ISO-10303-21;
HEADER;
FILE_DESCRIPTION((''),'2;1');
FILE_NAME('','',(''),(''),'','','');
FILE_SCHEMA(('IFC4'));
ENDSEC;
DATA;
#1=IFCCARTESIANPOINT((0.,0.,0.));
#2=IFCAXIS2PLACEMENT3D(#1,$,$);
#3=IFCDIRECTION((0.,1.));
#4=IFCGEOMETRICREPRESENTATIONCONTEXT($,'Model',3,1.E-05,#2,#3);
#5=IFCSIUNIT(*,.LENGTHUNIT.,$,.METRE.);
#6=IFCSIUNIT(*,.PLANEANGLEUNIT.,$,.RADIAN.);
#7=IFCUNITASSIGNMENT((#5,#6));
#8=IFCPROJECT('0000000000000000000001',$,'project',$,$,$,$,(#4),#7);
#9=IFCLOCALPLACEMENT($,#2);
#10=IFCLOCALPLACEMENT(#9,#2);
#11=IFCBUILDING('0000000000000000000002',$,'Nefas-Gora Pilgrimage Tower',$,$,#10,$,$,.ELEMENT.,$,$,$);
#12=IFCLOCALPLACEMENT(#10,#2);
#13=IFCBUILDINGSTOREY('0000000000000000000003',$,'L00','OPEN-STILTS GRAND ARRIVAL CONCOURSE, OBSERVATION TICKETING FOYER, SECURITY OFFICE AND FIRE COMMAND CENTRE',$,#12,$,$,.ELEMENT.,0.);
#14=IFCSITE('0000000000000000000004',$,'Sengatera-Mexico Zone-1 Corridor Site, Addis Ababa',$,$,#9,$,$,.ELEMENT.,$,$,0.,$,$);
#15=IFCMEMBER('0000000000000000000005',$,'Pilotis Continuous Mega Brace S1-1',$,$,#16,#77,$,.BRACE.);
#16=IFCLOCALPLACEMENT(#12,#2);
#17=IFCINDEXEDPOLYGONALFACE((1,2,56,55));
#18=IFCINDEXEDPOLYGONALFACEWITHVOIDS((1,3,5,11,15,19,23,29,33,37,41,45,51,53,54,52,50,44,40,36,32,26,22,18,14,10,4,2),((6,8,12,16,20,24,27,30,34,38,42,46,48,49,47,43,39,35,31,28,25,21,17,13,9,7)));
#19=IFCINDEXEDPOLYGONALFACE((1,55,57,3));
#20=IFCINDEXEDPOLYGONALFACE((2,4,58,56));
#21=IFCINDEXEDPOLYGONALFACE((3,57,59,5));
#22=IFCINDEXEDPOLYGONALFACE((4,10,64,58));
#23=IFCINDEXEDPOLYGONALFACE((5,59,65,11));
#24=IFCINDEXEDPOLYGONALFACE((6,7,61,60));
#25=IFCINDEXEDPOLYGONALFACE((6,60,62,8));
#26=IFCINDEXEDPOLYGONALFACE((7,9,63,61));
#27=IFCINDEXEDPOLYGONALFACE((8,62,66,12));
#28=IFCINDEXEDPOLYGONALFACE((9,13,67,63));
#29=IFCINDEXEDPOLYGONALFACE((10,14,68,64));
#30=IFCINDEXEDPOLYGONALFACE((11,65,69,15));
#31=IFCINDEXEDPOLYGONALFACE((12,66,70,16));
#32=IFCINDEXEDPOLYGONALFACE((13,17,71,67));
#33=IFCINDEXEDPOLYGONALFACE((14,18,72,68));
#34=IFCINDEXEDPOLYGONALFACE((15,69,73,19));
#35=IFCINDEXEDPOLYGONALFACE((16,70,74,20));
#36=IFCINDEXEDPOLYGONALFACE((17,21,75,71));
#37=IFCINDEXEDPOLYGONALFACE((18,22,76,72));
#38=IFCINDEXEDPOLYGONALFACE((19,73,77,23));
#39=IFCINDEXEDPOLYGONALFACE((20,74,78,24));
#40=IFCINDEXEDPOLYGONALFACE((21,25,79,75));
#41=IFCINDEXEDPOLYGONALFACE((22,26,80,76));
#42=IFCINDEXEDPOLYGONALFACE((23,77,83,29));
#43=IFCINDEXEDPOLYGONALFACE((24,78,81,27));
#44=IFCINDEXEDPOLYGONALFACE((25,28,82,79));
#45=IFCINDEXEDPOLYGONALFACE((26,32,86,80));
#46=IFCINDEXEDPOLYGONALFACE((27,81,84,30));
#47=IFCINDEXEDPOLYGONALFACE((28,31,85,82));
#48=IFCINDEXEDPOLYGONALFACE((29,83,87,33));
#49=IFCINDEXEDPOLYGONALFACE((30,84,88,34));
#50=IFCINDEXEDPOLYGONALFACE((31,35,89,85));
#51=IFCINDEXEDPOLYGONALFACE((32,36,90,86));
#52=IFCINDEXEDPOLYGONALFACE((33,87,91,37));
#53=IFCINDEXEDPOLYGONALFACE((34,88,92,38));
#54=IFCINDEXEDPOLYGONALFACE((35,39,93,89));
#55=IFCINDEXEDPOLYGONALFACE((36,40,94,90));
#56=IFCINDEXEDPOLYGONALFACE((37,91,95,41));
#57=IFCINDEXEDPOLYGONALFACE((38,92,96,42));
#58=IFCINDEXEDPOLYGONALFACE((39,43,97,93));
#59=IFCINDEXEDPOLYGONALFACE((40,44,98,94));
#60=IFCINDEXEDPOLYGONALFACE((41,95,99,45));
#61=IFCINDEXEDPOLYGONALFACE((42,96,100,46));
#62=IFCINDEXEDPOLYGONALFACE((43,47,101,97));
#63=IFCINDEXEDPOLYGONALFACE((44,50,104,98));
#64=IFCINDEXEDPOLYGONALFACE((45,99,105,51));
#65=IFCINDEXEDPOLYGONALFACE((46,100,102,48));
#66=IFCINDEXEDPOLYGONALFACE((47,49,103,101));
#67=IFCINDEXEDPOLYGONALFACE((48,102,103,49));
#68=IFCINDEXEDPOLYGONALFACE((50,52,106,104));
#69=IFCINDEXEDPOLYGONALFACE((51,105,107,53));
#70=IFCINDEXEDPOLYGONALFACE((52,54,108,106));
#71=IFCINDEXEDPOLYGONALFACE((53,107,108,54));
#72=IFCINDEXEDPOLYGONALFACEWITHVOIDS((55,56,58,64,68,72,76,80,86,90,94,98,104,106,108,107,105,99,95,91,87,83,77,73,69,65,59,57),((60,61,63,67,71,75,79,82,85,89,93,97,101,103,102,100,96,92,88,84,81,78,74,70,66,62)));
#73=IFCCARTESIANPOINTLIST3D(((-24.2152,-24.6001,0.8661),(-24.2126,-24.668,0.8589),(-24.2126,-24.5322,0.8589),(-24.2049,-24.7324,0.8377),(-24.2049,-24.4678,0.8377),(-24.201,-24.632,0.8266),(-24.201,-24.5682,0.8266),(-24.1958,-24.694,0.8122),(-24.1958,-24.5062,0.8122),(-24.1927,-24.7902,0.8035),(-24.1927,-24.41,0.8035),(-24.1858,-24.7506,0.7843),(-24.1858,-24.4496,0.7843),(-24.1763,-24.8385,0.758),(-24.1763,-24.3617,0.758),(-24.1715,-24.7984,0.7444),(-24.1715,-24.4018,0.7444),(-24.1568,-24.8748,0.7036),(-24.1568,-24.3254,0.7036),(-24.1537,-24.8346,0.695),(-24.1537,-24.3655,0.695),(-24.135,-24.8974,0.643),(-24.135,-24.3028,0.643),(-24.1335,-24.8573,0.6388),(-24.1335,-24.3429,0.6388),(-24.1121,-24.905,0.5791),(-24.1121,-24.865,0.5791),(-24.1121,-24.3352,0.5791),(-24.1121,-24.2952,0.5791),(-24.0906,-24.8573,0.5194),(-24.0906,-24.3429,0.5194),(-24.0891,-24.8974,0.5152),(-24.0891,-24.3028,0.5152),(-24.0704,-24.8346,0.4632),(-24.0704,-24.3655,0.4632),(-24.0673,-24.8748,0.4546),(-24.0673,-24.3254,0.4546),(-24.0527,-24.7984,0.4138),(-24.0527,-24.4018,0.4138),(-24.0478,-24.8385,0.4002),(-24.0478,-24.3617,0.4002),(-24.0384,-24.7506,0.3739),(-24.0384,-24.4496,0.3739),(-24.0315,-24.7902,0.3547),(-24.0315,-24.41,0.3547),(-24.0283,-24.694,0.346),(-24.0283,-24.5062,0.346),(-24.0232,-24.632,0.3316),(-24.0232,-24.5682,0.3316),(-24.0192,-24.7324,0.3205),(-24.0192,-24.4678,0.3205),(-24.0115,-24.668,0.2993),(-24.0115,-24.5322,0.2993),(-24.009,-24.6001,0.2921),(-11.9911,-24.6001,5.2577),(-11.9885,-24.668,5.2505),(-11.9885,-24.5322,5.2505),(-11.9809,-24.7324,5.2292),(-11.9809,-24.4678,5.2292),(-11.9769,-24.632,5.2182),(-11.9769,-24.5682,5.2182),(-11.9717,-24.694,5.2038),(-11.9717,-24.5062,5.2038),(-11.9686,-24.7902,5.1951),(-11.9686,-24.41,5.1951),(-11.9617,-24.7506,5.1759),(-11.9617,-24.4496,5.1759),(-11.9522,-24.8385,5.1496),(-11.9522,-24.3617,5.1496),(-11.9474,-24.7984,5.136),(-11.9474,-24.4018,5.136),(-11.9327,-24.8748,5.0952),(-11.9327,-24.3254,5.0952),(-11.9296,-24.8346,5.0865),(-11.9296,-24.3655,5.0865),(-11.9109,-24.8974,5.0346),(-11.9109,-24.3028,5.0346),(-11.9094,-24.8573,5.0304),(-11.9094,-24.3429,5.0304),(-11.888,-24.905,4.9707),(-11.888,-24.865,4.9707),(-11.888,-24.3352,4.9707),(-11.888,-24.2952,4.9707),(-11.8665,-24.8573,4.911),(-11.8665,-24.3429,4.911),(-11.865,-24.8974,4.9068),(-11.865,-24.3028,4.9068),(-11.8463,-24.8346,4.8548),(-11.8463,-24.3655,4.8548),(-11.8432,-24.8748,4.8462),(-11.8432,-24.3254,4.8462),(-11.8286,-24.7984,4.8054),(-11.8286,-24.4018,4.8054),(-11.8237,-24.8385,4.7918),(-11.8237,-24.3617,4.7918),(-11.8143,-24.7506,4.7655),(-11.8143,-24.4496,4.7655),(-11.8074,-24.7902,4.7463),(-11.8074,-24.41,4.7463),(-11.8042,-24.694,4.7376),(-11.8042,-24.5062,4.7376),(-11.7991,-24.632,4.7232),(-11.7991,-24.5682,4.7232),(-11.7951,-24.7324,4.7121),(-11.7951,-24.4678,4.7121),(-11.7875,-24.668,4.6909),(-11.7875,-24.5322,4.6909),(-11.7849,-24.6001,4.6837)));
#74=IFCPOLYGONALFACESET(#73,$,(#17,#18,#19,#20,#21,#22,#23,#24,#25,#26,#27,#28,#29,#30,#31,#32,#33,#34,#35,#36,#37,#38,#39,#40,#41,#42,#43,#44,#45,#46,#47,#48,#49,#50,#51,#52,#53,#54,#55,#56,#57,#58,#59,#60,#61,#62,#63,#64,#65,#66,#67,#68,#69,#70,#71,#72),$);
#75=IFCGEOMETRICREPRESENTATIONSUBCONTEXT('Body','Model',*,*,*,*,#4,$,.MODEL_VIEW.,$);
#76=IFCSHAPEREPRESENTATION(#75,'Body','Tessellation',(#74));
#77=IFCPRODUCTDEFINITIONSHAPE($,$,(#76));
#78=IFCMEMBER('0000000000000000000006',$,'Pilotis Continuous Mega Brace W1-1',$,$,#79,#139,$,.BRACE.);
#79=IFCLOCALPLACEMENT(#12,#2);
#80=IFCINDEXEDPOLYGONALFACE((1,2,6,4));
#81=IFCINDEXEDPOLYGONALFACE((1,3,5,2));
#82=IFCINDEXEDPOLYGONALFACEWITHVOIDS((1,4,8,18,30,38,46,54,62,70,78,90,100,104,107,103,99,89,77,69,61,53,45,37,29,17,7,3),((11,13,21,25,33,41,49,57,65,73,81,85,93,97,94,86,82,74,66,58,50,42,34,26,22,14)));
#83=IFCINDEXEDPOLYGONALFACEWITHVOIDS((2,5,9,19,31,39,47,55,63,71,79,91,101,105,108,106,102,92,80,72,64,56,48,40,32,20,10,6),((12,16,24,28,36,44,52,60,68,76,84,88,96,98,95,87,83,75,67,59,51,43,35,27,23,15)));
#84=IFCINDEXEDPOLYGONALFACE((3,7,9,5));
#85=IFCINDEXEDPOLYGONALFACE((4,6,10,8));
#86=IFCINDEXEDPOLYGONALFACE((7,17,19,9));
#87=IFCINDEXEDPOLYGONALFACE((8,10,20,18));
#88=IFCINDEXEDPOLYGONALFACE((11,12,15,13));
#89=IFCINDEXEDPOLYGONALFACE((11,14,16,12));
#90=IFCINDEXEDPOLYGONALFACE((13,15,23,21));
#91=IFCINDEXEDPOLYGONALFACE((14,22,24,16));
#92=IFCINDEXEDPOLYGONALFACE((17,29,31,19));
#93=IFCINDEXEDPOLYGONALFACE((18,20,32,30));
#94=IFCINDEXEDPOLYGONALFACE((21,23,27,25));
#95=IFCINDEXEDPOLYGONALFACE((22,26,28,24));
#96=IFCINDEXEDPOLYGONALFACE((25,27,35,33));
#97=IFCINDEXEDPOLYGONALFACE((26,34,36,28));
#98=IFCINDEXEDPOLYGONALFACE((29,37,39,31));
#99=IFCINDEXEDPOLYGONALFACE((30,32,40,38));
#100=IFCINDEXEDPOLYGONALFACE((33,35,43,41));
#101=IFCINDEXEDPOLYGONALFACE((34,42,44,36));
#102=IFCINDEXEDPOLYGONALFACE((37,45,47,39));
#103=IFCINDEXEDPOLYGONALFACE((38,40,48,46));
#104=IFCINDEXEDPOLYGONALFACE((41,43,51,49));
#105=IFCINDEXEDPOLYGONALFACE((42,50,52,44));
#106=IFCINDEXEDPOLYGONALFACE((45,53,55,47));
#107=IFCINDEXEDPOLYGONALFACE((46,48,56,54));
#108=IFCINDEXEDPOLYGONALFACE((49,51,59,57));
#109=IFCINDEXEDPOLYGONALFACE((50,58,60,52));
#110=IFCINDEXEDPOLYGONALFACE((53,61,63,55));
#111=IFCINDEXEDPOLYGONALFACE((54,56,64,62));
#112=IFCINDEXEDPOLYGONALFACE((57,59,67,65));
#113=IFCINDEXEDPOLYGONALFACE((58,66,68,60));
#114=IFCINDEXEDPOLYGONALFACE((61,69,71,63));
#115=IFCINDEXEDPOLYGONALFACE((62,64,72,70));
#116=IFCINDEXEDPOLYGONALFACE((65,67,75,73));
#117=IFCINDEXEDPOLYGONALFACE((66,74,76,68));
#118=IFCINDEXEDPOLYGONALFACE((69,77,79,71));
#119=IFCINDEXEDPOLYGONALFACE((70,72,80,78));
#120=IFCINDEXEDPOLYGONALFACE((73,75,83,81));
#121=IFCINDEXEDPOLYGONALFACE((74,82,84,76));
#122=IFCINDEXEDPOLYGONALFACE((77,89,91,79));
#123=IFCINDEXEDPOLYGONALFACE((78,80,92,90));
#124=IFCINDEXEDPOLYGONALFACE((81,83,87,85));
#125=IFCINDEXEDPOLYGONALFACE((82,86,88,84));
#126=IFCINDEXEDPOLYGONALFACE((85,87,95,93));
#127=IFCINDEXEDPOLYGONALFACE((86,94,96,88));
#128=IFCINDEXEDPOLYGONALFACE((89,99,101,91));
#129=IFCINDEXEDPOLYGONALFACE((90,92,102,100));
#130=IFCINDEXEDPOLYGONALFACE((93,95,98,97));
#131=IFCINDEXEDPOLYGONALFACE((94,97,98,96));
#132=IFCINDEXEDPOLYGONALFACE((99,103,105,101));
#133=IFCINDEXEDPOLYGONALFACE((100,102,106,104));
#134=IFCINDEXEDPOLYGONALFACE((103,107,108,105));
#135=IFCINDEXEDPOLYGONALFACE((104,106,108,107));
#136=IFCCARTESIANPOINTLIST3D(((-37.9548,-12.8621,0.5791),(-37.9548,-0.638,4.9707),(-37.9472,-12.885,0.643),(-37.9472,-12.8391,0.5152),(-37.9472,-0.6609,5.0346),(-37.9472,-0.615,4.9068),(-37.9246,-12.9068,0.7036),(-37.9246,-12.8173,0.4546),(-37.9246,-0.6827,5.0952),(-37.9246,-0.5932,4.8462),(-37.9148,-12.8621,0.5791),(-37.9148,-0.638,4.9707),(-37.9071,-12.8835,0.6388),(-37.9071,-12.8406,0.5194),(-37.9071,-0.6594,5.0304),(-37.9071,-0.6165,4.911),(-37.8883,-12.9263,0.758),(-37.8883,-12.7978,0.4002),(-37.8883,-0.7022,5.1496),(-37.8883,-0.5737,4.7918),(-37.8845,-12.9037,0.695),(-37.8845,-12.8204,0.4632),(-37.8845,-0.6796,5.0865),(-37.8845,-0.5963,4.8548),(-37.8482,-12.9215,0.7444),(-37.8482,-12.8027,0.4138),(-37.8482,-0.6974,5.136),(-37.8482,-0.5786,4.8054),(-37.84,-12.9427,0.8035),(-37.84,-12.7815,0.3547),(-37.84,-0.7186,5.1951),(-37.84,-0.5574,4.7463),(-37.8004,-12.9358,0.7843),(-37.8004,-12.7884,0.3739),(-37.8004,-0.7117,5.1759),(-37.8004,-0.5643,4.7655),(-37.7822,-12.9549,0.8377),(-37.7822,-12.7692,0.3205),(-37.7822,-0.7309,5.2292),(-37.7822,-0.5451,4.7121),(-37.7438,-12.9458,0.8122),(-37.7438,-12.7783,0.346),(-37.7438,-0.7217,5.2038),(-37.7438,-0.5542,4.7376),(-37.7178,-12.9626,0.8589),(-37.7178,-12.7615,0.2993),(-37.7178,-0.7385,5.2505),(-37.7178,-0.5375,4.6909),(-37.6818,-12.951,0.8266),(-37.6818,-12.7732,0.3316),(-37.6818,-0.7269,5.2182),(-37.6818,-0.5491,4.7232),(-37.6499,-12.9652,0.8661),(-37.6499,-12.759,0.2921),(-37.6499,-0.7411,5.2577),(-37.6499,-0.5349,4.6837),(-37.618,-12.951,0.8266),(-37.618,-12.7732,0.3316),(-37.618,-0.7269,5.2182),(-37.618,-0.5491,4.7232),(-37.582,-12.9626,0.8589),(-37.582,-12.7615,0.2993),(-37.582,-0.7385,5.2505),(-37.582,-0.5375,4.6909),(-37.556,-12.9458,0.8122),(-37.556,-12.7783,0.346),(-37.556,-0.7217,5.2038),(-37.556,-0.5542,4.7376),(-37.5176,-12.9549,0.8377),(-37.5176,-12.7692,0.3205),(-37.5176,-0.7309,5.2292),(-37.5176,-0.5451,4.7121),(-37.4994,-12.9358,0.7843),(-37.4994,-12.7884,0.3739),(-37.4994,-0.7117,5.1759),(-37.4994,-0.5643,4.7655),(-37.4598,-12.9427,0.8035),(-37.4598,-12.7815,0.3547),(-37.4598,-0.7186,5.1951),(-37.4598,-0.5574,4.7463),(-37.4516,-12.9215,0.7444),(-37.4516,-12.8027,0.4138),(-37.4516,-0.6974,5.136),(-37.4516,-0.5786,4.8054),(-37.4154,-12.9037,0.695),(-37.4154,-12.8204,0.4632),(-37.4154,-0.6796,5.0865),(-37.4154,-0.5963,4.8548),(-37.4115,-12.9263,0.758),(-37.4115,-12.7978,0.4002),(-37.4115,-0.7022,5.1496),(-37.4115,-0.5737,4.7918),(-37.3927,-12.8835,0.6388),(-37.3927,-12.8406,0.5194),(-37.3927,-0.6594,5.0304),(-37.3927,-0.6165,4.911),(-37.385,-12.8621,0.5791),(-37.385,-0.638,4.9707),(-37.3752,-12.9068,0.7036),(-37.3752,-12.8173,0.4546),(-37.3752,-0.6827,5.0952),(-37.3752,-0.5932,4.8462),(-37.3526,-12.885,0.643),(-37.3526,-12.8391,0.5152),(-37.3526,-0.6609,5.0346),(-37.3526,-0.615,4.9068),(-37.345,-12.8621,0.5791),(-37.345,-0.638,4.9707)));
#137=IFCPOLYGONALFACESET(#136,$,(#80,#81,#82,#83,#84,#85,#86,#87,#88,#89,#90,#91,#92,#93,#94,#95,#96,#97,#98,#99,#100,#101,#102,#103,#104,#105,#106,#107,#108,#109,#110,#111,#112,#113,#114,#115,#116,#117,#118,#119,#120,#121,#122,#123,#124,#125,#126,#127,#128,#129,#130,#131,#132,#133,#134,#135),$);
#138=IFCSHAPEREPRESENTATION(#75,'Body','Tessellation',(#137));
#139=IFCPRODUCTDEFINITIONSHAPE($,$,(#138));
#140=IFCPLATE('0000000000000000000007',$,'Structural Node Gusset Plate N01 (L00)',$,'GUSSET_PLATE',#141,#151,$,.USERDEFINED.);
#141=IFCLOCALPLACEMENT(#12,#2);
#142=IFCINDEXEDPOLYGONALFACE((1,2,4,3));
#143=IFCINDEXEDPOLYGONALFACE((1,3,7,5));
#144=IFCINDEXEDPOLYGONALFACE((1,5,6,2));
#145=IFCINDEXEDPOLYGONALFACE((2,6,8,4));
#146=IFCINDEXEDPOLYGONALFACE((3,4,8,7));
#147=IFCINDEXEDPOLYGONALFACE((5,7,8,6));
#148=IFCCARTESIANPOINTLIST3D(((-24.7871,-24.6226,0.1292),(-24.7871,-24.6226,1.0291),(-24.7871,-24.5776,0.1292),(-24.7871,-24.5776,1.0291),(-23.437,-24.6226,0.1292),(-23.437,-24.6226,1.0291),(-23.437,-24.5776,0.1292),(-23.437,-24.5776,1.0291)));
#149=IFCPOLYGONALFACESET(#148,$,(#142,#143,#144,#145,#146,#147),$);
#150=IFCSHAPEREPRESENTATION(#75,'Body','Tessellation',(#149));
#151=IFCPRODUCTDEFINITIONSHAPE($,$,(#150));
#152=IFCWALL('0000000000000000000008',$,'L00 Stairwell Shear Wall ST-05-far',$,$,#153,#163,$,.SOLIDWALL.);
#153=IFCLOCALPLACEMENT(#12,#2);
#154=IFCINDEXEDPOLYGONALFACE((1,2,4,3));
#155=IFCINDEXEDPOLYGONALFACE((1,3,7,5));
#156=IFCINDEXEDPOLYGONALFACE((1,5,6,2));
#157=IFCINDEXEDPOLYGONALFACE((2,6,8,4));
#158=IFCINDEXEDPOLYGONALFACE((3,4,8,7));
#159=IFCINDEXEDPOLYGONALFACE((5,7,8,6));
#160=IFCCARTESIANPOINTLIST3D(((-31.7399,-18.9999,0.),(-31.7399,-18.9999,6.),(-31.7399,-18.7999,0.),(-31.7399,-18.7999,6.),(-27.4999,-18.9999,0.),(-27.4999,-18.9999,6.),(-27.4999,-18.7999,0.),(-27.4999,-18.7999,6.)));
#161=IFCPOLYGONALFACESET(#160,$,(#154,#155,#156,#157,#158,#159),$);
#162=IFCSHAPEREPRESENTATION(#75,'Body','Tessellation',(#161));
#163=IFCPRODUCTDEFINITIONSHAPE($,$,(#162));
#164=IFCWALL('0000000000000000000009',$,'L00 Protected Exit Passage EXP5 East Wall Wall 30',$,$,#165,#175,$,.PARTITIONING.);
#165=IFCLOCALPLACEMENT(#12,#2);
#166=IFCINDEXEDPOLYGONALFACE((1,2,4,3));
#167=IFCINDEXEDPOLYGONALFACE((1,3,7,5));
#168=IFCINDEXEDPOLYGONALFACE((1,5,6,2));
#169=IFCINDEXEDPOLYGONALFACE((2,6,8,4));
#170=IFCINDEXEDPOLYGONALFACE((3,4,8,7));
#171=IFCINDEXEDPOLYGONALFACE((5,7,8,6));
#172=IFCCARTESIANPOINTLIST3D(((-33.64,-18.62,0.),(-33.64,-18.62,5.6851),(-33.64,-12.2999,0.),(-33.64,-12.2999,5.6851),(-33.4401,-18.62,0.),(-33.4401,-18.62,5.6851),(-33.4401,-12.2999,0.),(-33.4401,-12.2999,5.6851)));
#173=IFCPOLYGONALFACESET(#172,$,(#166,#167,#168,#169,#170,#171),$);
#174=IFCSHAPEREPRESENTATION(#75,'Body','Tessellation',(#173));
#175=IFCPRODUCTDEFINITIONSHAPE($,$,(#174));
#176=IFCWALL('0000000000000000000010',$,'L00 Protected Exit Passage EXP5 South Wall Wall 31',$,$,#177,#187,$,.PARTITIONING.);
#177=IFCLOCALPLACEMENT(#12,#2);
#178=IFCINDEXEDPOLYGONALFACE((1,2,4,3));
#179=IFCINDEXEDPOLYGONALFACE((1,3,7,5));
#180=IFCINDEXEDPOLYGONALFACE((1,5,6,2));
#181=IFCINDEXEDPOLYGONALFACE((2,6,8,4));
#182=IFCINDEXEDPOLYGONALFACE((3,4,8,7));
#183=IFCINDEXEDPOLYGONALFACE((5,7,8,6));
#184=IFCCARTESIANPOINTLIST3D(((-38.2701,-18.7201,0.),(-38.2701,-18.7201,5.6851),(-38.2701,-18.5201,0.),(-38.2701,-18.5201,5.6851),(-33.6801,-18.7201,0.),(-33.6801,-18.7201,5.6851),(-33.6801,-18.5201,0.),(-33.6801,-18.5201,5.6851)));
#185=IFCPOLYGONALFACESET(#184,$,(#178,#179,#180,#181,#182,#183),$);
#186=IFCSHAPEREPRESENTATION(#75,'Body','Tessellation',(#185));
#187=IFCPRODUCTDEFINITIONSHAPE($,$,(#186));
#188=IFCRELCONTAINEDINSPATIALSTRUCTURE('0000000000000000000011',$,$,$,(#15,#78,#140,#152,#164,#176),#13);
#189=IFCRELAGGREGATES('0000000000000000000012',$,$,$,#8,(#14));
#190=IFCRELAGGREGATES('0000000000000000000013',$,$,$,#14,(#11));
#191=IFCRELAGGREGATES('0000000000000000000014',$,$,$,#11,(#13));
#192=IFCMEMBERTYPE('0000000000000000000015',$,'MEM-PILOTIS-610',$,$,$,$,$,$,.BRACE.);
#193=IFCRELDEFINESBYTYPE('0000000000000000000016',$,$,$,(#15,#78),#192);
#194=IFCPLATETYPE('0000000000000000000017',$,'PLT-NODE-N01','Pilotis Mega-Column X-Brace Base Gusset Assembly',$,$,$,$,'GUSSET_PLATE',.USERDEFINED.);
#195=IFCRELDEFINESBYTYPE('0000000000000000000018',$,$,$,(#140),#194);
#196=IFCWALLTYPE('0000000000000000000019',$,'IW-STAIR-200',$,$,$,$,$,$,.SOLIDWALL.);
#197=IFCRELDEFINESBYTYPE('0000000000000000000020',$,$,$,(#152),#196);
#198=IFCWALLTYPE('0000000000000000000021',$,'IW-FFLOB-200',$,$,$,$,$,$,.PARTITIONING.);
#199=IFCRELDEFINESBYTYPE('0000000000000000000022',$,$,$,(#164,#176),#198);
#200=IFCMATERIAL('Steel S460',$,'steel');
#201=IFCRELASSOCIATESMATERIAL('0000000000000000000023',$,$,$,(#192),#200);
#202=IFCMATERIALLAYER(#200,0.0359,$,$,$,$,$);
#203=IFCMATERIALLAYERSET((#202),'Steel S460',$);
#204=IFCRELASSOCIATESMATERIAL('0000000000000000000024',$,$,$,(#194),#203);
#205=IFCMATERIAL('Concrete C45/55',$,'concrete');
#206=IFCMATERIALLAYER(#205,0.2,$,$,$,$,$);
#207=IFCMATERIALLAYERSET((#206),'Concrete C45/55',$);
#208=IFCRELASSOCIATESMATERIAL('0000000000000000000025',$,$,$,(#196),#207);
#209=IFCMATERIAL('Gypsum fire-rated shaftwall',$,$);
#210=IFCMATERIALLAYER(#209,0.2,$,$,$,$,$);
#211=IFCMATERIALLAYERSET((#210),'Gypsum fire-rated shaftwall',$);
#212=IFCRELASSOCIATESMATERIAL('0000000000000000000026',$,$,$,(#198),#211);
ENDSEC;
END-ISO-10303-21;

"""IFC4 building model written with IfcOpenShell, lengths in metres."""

from ifc_helpers import new_model, si_unit, direction, frame, frame_2d, origin, origin_2d, place, context, subcontext, project, spatial, rectangle, hollow_circle, extrude, source, transform, mapped, material, layer, layer_set, material_profile, profile_set, type_object, element, save


model = new_model("IFC4")

# Units and contexts
model_context = context("Model", 3, precision=1e-05, world=origin(), true_north=direction((0.0, 1.0)))
body_context = subcontext(model_context, "Body", "Model", "MODEL_VIEW")
ifc_project = project(units=[si_unit("LENGTHUNIT", "METRE"), si_unit("PLANEANGLEUNIT", "RADIAN")], contexts=[model_context])

# Site, building, storey
site_placement = place(None, origin())
site = spatial("IfcSite", under=ifc_project, at=site_placement, Name="Sengatera-Mexico Zone-1 Corridor Site, Addis Ababa", CompositionType="ELEMENT", RefElevation=0.0)
building_placement = place(site_placement, origin())
building = spatial("IfcBuilding", under=site, at=building_placement, Name="Nefas-Gora Pilgrimage Tower", CompositionType="ELEMENT")
storey_placement = place(building_placement, origin())
storey = spatial("IfcBuildingStorey", under=building, at=storey_placement, Name="L00", Description="OPEN-STILTS GRAND ARRIVAL CONCOURSE, OBSERVATION TICKETING FOYER, SECURITY OFFICE AND FIRE COMMAND CENTRE", CompositionType="ELEMENT", Elevation=0.0)

# Shared definitions
ifc_material_1 = material(Name="Concrete C45/55", Category="concrete")

# Shared definitions
ifc_material_2 = material(Name="Steel S460", Category="steel")

# Members
ifc_material_profile_1 = material_profile(ifc_material_2, hollow_circle(Radius=0.3049, WallThickness=0.04, at=origin_2d()), Name="CHS 610x40")
ifc_profile_set_1 = profile_set([ifc_material_profile_1], Name="Steel S460")
member_type = type_object("IfcMemberType", Name="MEM-PILOTIS-610", PredefinedType="BRACE", material=ifc_profile_set_1)
shared_shape_1 = source(origin(), body_context, "Body", "SweptSolid", [
    extrude(hollow_circle(Radius=0.3049, WallThickness=0.04, at=origin_2d()), origin(), (0.0, 0.0, 1.0), 12.989),
])
for number, where, z_axis, x_axis, name in (
    (1, (-24.1121, -24.6001, 0.5791), (0.94111, 0.0, 0.3381), (0.0, 1.0, 0.0), "Pilotis Continuous Mega Brace S1-1"),
    (2, (-37.6499, -12.8621, 0.5791), (0.0, 0.94111, 0.3381), (-1.0, 0.0, 0.0), "Pilotis Continuous Mega Brace W1-1"),
):
    element("IfcMember", number, at=place(storey_placement, frame(where, z_axis=z_axis, x_axis=x_axis)), inside=storey, type_object=member_type, Name=name, PredefinedType="BRACE", context=body_context, shape_type="MappedRepresentation", body=[
        mapped(shared_shape_1, transform((0.0, 0.0, 0.0), x_axis=(1.0, 0.0, 0.0), y_axis=(0.0, 1.0, 0.0), z_axis=(0.0, 0.0, 1.0), scale=1.0)),
    ])

# Plate
ifc_layer_1 = layer(ifc_material_2, 0.0359)
ifc_layer_set_1 = layer_set([ifc_layer_1], Name="Steel S460")
plate_type = type_object("IfcPlateType", Name="PLT-NODE-N01", Description="Pilotis Mega-Column X-Brace Base Gusset Assembly", ElementType="GUSSET_PLATE", PredefinedType="USERDEFINED", material=ifc_layer_set_1)
shared_shape_2 = source(origin(), body_context, "Body", "SweptSolid", [
    extrude(rectangle(XDim=1.3501, YDim=0.0449, at=origin_2d()), origin(), (0.0, 0.0, 1.0), 0.8999),
])
plate_placement = place(storey_placement, frame((-24.1121, -24.6001, 0.1292), z_axis=(0.0, 0.0, 1.0), x_axis=(1.0, 0.0, 0.0)))
element("IfcPlate", 3, at=plate_placement, inside=storey, type_object=plate_type, Name="Structural Node Gusset Plate N01 (L00)", ObjectType="GUSSET_PLATE", PredefinedType="USERDEFINED", context=body_context, shape_type="MappedRepresentation", body=[
    mapped(shared_shape_2, transform((0.0, 0.0, 0.0), x_axis=(1.0, 0.0, 0.0), y_axis=(0.0, 1.0, 0.0), z_axis=(0.0, 0.0, 1.0), scale=1.0)),
])

# Walls
ifc_layer_2 = layer(ifc_material_1, 0.2)
ifc_layer_set_2 = layer_set([ifc_layer_2], Name="Concrete C45/55")
wall_type_1 = type_object("IfcWallType", Name="IW-STAIR-200", PredefinedType="SOLIDWALL", material=ifc_layer_set_2)
shared_shape_3 = source(origin(), body_context, "Body", "SweptSolid", [
    extrude(rectangle(XDim=4.24, YDim=0.2, at=frame_2d((2.1201, 0.0))), origin(), (0.0, 0.0, 1.0), 6.0),
])
wall_1_placement = place(storey_placement, frame((-31.74, -18.8999, 0.0), z_axis=(0.0, 0.0, 1.0), x_axis=(1.0, 0.0, 0.0)))
element("IfcWall", 4, at=wall_1_placement, inside=storey, type_object=wall_type_1, Name="L00 Stairwell Shear Wall ST-05-far", PredefinedType="SOLIDWALL", context=body_context, shape_type="MappedRepresentation", body=[
    mapped(shared_shape_3, transform((0.0, 0.0, 0.0), x_axis=(1.0, 0.0, 0.0), y_axis=(0.0, 1.0, 0.0), z_axis=(0.0, 0.0, 1.0), scale=1.0)),
])
ifc_material_3 = material(Name="Gypsum fire-rated shaftwall")
ifc_layer_3 = layer(ifc_material_3, 0.2)
ifc_layer_set_3 = layer_set([ifc_layer_3], Name="Gypsum fire-rated shaftwall")
wall_type_2 = type_object("IfcWallType", Name="IW-FFLOB-200", PredefinedType="PARTITIONING", material=ifc_layer_set_3)
shared_shape_4 = source(origin(), body_context, "Body", "SweptSolid", [
    extrude(rectangle(XDim=6.3201, YDim=0.2, at=frame_2d((3.1602, 0.0))), origin(), (0.0, 0.0, 1.0), 5.6851),
])
wall_2_placement = place(storey_placement, frame((-33.54, -18.6201, 0.0), z_axis=(0.0, 0.0, 1.0), x_axis=(0.0, 1.0, 0.0)))
element("IfcWall", 5, at=wall_2_placement, inside=storey, type_object=wall_type_2, Name="L00 Protected Exit Passage EXP5 East Wall Wall 30", PredefinedType="PARTITIONING", context=body_context, shape_type="MappedRepresentation", body=[
    mapped(shared_shape_4, transform((0.0, 0.0, 0.0), x_axis=(1.0, 0.0, 0.0), y_axis=(0.0, 1.0, 0.0), z_axis=(0.0, 0.0, 1.0), scale=1.0)),
])
shared_shape_5 = source(origin(), body_context, "Body", "SweptSolid", [
    extrude(rectangle(XDim=4.5901, YDim=0.2, at=frame_2d((2.2949, 0.0))), origin(), (0.0, 0.0, 1.0), 5.6851),
])
wall_3_placement = place(storey_placement, frame((-38.27, -18.6201, 0.0), z_axis=(0.0, 0.0, 1.0), x_axis=(1.0, 0.0, 0.0)))
element("IfcWall", 6, at=wall_3_placement, inside=storey, type_object=wall_type_2, Name="L00 Protected Exit Passage EXP5 South Wall Wall 31", PredefinedType="PARTITIONING", context=body_context, shape_type="MappedRepresentation", body=[
    mapped(shared_shape_5, transform((0.0, 0.0, 0.0), x_axis=(1.0, 0.0, 0.0), y_axis=(0.0, 1.0, 0.0), z_axis=(0.0, 0.0, 1.0), scale=1.0)),
])

save(model, "model.ifc")
